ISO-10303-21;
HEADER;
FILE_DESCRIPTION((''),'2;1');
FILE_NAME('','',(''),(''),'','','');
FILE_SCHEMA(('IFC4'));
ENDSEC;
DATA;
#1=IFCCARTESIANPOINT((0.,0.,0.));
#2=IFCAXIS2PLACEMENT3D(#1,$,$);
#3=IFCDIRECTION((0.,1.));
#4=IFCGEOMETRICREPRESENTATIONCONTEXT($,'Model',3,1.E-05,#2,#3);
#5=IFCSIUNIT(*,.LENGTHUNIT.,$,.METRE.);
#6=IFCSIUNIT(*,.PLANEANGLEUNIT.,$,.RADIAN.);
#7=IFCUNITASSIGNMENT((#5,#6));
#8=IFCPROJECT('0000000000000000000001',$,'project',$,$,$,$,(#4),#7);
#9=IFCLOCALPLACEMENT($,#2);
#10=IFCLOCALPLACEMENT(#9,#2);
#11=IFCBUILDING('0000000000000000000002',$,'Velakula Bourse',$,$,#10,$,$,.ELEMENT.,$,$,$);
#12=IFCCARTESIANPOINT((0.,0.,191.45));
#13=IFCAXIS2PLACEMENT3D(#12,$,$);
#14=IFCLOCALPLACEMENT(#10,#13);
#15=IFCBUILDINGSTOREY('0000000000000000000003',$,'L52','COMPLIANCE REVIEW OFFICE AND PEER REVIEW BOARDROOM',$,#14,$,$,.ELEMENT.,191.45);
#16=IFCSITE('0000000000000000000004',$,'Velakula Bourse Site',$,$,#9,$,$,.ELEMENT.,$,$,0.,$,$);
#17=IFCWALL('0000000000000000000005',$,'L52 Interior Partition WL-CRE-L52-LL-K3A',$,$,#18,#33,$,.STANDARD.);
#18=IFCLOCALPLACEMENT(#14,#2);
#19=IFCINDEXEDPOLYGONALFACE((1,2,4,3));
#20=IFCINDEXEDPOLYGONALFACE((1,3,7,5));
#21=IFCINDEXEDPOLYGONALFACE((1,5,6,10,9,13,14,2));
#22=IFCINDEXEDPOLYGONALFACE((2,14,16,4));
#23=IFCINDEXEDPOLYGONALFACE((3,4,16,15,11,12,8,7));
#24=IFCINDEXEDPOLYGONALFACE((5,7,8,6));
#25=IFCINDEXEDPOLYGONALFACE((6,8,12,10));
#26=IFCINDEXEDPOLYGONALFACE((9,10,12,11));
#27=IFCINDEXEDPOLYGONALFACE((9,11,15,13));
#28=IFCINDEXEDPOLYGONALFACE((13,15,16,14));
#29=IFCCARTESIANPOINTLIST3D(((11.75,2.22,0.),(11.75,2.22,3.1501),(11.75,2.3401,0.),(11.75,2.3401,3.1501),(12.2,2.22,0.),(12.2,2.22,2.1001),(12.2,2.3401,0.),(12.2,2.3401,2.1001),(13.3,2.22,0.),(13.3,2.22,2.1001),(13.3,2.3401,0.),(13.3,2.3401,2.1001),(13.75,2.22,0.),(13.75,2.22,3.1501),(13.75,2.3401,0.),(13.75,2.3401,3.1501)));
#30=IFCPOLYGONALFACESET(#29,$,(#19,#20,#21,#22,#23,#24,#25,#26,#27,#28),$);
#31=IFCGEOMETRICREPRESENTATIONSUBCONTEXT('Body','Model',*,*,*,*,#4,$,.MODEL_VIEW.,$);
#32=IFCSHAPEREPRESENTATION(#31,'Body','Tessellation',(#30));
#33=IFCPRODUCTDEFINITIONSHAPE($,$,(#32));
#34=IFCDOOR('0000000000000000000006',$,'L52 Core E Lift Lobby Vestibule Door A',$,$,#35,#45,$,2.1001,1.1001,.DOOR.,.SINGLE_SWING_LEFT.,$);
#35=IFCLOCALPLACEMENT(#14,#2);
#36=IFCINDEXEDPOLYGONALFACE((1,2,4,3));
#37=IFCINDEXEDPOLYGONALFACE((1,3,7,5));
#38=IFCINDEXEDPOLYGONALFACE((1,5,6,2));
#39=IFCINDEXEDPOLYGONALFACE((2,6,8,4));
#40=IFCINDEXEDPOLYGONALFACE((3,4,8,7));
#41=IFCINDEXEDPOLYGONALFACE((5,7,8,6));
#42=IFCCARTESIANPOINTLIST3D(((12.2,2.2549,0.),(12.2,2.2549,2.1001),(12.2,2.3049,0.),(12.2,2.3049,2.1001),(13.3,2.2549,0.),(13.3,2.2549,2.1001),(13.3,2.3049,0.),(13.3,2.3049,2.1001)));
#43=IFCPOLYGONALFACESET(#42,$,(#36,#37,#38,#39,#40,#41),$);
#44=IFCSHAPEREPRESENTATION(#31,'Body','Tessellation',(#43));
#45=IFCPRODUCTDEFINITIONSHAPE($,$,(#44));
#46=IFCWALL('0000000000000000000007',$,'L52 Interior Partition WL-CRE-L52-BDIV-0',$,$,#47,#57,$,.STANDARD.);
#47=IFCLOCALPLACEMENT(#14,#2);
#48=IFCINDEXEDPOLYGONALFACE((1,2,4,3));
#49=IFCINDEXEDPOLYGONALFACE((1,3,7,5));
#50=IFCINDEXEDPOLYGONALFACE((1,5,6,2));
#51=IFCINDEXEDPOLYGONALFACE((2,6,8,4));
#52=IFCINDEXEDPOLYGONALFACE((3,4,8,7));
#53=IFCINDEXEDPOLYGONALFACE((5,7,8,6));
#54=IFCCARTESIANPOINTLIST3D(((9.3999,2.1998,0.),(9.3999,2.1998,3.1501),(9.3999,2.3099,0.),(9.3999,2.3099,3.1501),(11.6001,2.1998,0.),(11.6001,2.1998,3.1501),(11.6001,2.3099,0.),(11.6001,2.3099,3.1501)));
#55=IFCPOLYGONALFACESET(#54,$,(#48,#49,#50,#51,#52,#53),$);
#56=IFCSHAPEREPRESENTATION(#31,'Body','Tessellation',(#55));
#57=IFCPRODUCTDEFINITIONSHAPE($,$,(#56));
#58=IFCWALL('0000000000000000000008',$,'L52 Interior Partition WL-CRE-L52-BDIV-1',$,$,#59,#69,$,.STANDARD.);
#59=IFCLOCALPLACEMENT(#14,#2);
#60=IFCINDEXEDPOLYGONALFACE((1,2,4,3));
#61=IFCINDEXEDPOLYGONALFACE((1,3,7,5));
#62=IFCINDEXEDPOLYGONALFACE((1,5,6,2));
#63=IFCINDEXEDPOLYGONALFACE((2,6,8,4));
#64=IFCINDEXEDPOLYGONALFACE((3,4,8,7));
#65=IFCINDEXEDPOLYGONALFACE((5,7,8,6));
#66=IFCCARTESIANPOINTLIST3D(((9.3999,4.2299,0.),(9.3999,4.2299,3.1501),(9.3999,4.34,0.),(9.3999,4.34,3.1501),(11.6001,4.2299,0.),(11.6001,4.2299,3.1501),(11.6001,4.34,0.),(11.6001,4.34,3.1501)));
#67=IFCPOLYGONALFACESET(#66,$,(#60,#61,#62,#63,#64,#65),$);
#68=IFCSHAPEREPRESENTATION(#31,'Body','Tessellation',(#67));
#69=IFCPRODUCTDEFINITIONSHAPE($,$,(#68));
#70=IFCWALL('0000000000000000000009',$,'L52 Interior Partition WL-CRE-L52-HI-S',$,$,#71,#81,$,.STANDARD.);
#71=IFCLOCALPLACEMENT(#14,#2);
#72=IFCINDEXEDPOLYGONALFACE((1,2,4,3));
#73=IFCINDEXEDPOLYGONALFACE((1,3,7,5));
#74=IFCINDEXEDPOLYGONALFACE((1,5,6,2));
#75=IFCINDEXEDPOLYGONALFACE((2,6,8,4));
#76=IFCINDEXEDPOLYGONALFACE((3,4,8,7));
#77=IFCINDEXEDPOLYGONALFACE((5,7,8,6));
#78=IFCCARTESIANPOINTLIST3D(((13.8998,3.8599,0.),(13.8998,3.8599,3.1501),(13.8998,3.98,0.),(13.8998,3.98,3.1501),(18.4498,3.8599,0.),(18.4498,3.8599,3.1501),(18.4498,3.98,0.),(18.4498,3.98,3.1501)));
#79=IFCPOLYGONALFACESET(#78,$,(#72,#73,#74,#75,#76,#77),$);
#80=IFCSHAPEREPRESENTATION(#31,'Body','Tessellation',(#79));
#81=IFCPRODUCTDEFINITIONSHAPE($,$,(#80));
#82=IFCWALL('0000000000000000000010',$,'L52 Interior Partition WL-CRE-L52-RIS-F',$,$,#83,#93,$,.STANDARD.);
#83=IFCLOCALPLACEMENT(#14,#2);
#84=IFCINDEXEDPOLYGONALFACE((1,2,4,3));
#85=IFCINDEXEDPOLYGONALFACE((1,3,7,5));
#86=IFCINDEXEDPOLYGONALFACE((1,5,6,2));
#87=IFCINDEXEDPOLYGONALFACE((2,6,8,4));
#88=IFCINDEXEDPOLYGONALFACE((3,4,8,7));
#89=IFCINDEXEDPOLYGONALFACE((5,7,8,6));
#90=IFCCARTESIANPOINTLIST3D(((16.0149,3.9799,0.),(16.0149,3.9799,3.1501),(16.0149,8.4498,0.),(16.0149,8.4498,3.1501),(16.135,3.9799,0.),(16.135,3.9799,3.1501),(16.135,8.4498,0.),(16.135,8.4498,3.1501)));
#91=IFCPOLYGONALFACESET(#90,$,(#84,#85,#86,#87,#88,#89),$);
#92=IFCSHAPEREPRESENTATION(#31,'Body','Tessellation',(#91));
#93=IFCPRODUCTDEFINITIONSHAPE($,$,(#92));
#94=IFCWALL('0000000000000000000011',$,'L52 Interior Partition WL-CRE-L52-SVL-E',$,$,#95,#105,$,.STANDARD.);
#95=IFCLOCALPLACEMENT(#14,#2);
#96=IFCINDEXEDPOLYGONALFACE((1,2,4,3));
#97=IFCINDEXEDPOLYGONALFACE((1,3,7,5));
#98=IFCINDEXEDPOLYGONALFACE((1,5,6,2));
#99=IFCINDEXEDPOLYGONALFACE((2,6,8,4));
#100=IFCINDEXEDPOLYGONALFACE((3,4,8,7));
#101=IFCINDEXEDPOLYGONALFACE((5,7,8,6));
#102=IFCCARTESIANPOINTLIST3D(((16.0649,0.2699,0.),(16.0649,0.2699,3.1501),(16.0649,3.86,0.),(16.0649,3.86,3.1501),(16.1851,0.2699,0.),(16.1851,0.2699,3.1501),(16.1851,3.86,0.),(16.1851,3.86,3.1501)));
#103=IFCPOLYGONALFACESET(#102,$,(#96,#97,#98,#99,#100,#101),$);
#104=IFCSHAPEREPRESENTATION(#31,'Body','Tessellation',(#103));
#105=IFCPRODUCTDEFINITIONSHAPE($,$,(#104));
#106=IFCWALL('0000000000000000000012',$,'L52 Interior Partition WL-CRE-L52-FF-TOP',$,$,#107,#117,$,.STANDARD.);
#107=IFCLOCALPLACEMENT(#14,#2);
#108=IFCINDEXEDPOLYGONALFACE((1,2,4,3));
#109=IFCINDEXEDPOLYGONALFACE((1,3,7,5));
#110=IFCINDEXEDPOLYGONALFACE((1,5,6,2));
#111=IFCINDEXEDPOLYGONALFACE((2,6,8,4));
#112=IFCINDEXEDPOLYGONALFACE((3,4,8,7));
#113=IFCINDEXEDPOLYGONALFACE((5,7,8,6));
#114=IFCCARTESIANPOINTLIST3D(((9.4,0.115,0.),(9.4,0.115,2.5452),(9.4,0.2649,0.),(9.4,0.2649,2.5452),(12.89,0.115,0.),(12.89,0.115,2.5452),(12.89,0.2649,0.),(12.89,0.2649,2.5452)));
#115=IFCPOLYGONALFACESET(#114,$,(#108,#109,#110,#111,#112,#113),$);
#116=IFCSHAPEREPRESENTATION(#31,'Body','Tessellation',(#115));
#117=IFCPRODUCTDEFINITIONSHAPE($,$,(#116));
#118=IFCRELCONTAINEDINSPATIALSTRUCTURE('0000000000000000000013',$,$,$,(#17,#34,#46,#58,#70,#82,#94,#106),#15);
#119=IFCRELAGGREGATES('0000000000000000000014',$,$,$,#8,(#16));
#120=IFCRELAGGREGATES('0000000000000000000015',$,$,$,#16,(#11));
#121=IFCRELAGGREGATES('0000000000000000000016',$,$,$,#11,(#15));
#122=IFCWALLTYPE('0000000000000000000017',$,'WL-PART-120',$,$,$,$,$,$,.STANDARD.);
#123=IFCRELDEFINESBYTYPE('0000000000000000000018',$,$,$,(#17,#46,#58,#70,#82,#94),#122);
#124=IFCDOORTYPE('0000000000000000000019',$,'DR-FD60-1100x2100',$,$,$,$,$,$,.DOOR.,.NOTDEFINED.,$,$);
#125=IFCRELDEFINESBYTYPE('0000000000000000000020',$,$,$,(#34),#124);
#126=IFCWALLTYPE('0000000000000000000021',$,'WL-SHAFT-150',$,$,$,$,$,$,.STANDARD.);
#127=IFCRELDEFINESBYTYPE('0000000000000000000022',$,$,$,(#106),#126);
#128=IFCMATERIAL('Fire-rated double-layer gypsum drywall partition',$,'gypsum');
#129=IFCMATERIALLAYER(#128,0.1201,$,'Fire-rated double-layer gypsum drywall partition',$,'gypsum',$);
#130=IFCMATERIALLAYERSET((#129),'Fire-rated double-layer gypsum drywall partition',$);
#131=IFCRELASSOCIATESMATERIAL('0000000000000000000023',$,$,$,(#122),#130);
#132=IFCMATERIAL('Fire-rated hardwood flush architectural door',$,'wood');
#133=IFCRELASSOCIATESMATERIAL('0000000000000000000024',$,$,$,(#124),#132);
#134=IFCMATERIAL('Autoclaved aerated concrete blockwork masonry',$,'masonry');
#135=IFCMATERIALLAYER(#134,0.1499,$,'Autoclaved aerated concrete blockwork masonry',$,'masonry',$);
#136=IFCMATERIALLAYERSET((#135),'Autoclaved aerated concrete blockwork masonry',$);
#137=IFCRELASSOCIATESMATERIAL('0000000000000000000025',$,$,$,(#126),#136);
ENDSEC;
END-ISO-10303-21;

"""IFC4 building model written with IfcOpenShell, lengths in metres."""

from ifc_helpers import new_model, si_unit, direction, frame, frame_2d, origin, place, context, subcontext, project, spatial, rectangle, extrude, material, layer, layer_set, type_object, element, fill, save


model = new_model("IFC4")

# Units and contexts
model_context = context("Model", 3, precision=1e-05, world=origin(), true_north=direction((0.0, 1.0)))
body_context = subcontext(model_context, "Body", "Model", "MODEL_VIEW")
ifc_project = project(units=[si_unit("LENGTHUNIT", "METRE"), si_unit("PLANEANGLEUNIT", "RADIAN")], contexts=[model_context])

# Site, building, storey
site_placement = place(None, origin())
site = spatial("IfcSite", under=ifc_project, at=site_placement, Name="Velakula Bourse Site", CompositionType="ELEMENT", RefElevation=0.0)
building_placement = place(site_placement, origin())
building = spatial("IfcBuilding", under=site, at=building_placement, Name="Velakula Bourse", CompositionType="ELEMENT")
storey_placement = place(building_placement, frame((0.0, 0.0, 191.45)))
storey = spatial("IfcBuildingStorey", under=building, at=storey_placement, Name="L52", Description="COMPLIANCE REVIEW OFFICE AND PEER REVIEW BOARDROOM", CompositionType="ELEMENT", Elevation=191.45)

# Wall, opening, door
ifc_material_1 = material(Name="Fire-rated double-layer gypsum drywall partition", Category="gypsum")
ifc_layer_1 = layer(ifc_material_1, 0.1201, Name="Fire-rated double-layer gypsum drywall partition", Category="gypsum")
ifc_layer_set_1 = layer_set([ifc_layer_1], Name="Fire-rated double-layer gypsum drywall partition")
wall_type_1 = type_object("IfcWallType", Name="WL-PART-120", PredefinedType="STANDARD", material=ifc_layer_set_1)
wall_1_placement = place(storey_placement, frame((11.75, 2.28, 0.0), z_axis=(0.0, 0.0, 1.0), x_axis=(1.0, 0.0, 0.0)))
wall_1 = element("IfcWall", 1, at=wall_1_placement, inside=storey, type_object=wall_type_1, Name="L52 Interior Partition WL-CRE-L52-LL-K3A", PredefinedType="STANDARD", context=body_context, shape_type="SweptSolid", body=[
    extrude(rectangle(XDim=2.0, YDim=0.1201, at=frame_2d((1.0, 0.0))), origin(), (0.0, 0.0, 1.0), 3.1501),
])
opening_1_placement = place(wall_1_placement, frame((0.45, 0.0, 0.0)))
opening_1 = element("IfcOpeningElement", 2, at=opening_1_placement, cuts=wall_1, PredefinedType="OPENING", context=body_context, shape_type="SweptSolid", body=[
    extrude(rectangle(XDim=1.1001, YDim=2.1001, at=frame_2d((0.55, 1.05))), frame((0.0, 0.0701, 0.0), z_axis=(0.0, -1.0, 0.0), x_axis=(1.0, 0.0, 0.0)), (0.0, 0.0, 1.0), 0.1401),
])
ifc_material_2 = material(Name="Fire-rated hardwood flush architectural door", Category="wood")
door_type_1 = type_object("IfcDoorType", Name="DR-FD60-1100x2100", OperationType="NOTDEFINED", PredefinedType="DOOR", material=ifc_material_2)
door_1_placement = place(opening_1_placement, origin())
door_1 = element("IfcDoor", 3, at=door_1_placement, inside=storey, type_object=door_type_1, Name="L52 Core E Lift Lobby Vestibule Door A", OperationType="SINGLE_SWING_LEFT", OverallHeight=2.1001, OverallWidth=1.1001, PredefinedType="DOOR", context=body_context, shape_type="SweptSolid", body=[
    extrude(rectangle(XDim=1.1001, YDim=2.1001, at=frame_2d((0.55, 1.05))), frame((0.0, 0.0249, 0.0), z_axis=(0.0, -1.0, 0.0), x_axis=(1.0, 0.0, 0.0)), (0.0, 0.0, 1.0), 0.05),
])
fill(opening_1, door_1)

# Walls
for number, where, z_axis, x_axis, name in (
    (4, (9.3999, 2.2549, 0.0), (0.0, 0.0, 1.0), (1.0, 0.0, 0.0), "L52 Interior Partition WL-CRE-L52-BDIV-0"),
    (5, (9.3999, 4.2849, 0.0), (0.0, 0.0, 1.0), (1.0, 0.0, 0.0), "L52 Interior Partition WL-CRE-L52-BDIV-1"),
):
    element("IfcWall", number, at=place(storey_placement, frame(where, z_axis=z_axis, x_axis=x_axis)), inside=storey, type_object=wall_type_1, Name=name, PredefinedType="STANDARD", context=body_context, shape_type="SweptSolid", body=[
        extrude(rectangle(XDim=2.2002, YDim=0.1101, at=frame_2d((1.1001, 0.0))), origin(), (0.0, 0.0, 1.0), 3.1501),
    ])
wall_2_placement = place(storey_placement, frame((13.8999, 3.9199, 0.0), z_axis=(0.0, 0.0, 1.0), x_axis=(1.0, 0.0, 0.0)))
element("IfcWall", 6, at=wall_2_placement, inside=storey, type_object=wall_type_1, Name="L52 Interior Partition WL-CRE-L52-HI-S", PredefinedType="STANDARD", context=body_context, shape_type="SweptSolid", body=[
    extrude(rectangle(XDim=4.55, YDim=0.1201, at=frame_2d((2.2749, 0.0))), origin(), (0.0, 0.0, 1.0), 3.1501),
])
wall_3_placement = place(storey_placement, frame((16.075, 3.98, 0.0), z_axis=(0.0, 0.0, 1.0), x_axis=(0.0, 1.0, 0.0)))
element("IfcWall", 7, at=wall_3_placement, inside=storey, type_object=wall_type_1, Name="L52 Interior Partition WL-CRE-L52-RIS-F", PredefinedType="STANDARD", context=body_context, shape_type="SweptSolid", body=[
    extrude(rectangle(XDim=4.47, YDim=0.1201, at=frame_2d((2.2349, 0.0))), origin(), (0.0, 0.0, 1.0), 3.1501),
])
wall_4_placement = place(storey_placement, frame((16.125, 0.27, 0.0), z_axis=(0.0, 0.0, 1.0), x_axis=(0.0, 1.0, 0.0)))
element("IfcWall", 8, at=wall_4_placement, inside=storey, type_object=wall_type_1, Name="L52 Interior Partition WL-CRE-L52-SVL-E", PredefinedType="STANDARD", context=body_context, shape_type="SweptSolid", body=[
    extrude(rectangle(XDim=3.5901, YDim=0.1201, at=frame_2d((1.7949, 0.0))), origin(), (0.0, 0.0, 1.0), 3.1501),
])
ifc_material_3 = material(Name="Autoclaved aerated concrete blockwork masonry", Category="masonry")
ifc_layer_2 = layer(ifc_material_3, 0.1499, Name="Autoclaved aerated concrete blockwork masonry", Category="masonry")
ifc_layer_set_2 = layer_set([ifc_layer_2], Name="Autoclaved aerated concrete blockwork masonry")
wall_type_2 = type_object("IfcWallType", Name="WL-SHAFT-150", PredefinedType="STANDARD", material=ifc_layer_set_2)
wall_5_placement = place(storey_placement, frame((9.3999, 0.1899, 0.0), z_axis=(0.0, 0.0, 1.0), x_axis=(1.0, 0.0, 0.0)))
element("IfcWall", 9, at=wall_5_placement, inside=storey, type_object=wall_type_2, Name="L52 Interior Partition WL-CRE-L52-FF-TOP", PredefinedType="STANDARD", context=body_context, shape_type="SweptSolid", body=[
    extrude(rectangle(XDim=3.49, YDim=0.1499, at=frame_2d((1.7451, 0.0))), origin(), (0.0, 0.0, 1.0), 2.5452),
])

save(model, "model.ifc")
